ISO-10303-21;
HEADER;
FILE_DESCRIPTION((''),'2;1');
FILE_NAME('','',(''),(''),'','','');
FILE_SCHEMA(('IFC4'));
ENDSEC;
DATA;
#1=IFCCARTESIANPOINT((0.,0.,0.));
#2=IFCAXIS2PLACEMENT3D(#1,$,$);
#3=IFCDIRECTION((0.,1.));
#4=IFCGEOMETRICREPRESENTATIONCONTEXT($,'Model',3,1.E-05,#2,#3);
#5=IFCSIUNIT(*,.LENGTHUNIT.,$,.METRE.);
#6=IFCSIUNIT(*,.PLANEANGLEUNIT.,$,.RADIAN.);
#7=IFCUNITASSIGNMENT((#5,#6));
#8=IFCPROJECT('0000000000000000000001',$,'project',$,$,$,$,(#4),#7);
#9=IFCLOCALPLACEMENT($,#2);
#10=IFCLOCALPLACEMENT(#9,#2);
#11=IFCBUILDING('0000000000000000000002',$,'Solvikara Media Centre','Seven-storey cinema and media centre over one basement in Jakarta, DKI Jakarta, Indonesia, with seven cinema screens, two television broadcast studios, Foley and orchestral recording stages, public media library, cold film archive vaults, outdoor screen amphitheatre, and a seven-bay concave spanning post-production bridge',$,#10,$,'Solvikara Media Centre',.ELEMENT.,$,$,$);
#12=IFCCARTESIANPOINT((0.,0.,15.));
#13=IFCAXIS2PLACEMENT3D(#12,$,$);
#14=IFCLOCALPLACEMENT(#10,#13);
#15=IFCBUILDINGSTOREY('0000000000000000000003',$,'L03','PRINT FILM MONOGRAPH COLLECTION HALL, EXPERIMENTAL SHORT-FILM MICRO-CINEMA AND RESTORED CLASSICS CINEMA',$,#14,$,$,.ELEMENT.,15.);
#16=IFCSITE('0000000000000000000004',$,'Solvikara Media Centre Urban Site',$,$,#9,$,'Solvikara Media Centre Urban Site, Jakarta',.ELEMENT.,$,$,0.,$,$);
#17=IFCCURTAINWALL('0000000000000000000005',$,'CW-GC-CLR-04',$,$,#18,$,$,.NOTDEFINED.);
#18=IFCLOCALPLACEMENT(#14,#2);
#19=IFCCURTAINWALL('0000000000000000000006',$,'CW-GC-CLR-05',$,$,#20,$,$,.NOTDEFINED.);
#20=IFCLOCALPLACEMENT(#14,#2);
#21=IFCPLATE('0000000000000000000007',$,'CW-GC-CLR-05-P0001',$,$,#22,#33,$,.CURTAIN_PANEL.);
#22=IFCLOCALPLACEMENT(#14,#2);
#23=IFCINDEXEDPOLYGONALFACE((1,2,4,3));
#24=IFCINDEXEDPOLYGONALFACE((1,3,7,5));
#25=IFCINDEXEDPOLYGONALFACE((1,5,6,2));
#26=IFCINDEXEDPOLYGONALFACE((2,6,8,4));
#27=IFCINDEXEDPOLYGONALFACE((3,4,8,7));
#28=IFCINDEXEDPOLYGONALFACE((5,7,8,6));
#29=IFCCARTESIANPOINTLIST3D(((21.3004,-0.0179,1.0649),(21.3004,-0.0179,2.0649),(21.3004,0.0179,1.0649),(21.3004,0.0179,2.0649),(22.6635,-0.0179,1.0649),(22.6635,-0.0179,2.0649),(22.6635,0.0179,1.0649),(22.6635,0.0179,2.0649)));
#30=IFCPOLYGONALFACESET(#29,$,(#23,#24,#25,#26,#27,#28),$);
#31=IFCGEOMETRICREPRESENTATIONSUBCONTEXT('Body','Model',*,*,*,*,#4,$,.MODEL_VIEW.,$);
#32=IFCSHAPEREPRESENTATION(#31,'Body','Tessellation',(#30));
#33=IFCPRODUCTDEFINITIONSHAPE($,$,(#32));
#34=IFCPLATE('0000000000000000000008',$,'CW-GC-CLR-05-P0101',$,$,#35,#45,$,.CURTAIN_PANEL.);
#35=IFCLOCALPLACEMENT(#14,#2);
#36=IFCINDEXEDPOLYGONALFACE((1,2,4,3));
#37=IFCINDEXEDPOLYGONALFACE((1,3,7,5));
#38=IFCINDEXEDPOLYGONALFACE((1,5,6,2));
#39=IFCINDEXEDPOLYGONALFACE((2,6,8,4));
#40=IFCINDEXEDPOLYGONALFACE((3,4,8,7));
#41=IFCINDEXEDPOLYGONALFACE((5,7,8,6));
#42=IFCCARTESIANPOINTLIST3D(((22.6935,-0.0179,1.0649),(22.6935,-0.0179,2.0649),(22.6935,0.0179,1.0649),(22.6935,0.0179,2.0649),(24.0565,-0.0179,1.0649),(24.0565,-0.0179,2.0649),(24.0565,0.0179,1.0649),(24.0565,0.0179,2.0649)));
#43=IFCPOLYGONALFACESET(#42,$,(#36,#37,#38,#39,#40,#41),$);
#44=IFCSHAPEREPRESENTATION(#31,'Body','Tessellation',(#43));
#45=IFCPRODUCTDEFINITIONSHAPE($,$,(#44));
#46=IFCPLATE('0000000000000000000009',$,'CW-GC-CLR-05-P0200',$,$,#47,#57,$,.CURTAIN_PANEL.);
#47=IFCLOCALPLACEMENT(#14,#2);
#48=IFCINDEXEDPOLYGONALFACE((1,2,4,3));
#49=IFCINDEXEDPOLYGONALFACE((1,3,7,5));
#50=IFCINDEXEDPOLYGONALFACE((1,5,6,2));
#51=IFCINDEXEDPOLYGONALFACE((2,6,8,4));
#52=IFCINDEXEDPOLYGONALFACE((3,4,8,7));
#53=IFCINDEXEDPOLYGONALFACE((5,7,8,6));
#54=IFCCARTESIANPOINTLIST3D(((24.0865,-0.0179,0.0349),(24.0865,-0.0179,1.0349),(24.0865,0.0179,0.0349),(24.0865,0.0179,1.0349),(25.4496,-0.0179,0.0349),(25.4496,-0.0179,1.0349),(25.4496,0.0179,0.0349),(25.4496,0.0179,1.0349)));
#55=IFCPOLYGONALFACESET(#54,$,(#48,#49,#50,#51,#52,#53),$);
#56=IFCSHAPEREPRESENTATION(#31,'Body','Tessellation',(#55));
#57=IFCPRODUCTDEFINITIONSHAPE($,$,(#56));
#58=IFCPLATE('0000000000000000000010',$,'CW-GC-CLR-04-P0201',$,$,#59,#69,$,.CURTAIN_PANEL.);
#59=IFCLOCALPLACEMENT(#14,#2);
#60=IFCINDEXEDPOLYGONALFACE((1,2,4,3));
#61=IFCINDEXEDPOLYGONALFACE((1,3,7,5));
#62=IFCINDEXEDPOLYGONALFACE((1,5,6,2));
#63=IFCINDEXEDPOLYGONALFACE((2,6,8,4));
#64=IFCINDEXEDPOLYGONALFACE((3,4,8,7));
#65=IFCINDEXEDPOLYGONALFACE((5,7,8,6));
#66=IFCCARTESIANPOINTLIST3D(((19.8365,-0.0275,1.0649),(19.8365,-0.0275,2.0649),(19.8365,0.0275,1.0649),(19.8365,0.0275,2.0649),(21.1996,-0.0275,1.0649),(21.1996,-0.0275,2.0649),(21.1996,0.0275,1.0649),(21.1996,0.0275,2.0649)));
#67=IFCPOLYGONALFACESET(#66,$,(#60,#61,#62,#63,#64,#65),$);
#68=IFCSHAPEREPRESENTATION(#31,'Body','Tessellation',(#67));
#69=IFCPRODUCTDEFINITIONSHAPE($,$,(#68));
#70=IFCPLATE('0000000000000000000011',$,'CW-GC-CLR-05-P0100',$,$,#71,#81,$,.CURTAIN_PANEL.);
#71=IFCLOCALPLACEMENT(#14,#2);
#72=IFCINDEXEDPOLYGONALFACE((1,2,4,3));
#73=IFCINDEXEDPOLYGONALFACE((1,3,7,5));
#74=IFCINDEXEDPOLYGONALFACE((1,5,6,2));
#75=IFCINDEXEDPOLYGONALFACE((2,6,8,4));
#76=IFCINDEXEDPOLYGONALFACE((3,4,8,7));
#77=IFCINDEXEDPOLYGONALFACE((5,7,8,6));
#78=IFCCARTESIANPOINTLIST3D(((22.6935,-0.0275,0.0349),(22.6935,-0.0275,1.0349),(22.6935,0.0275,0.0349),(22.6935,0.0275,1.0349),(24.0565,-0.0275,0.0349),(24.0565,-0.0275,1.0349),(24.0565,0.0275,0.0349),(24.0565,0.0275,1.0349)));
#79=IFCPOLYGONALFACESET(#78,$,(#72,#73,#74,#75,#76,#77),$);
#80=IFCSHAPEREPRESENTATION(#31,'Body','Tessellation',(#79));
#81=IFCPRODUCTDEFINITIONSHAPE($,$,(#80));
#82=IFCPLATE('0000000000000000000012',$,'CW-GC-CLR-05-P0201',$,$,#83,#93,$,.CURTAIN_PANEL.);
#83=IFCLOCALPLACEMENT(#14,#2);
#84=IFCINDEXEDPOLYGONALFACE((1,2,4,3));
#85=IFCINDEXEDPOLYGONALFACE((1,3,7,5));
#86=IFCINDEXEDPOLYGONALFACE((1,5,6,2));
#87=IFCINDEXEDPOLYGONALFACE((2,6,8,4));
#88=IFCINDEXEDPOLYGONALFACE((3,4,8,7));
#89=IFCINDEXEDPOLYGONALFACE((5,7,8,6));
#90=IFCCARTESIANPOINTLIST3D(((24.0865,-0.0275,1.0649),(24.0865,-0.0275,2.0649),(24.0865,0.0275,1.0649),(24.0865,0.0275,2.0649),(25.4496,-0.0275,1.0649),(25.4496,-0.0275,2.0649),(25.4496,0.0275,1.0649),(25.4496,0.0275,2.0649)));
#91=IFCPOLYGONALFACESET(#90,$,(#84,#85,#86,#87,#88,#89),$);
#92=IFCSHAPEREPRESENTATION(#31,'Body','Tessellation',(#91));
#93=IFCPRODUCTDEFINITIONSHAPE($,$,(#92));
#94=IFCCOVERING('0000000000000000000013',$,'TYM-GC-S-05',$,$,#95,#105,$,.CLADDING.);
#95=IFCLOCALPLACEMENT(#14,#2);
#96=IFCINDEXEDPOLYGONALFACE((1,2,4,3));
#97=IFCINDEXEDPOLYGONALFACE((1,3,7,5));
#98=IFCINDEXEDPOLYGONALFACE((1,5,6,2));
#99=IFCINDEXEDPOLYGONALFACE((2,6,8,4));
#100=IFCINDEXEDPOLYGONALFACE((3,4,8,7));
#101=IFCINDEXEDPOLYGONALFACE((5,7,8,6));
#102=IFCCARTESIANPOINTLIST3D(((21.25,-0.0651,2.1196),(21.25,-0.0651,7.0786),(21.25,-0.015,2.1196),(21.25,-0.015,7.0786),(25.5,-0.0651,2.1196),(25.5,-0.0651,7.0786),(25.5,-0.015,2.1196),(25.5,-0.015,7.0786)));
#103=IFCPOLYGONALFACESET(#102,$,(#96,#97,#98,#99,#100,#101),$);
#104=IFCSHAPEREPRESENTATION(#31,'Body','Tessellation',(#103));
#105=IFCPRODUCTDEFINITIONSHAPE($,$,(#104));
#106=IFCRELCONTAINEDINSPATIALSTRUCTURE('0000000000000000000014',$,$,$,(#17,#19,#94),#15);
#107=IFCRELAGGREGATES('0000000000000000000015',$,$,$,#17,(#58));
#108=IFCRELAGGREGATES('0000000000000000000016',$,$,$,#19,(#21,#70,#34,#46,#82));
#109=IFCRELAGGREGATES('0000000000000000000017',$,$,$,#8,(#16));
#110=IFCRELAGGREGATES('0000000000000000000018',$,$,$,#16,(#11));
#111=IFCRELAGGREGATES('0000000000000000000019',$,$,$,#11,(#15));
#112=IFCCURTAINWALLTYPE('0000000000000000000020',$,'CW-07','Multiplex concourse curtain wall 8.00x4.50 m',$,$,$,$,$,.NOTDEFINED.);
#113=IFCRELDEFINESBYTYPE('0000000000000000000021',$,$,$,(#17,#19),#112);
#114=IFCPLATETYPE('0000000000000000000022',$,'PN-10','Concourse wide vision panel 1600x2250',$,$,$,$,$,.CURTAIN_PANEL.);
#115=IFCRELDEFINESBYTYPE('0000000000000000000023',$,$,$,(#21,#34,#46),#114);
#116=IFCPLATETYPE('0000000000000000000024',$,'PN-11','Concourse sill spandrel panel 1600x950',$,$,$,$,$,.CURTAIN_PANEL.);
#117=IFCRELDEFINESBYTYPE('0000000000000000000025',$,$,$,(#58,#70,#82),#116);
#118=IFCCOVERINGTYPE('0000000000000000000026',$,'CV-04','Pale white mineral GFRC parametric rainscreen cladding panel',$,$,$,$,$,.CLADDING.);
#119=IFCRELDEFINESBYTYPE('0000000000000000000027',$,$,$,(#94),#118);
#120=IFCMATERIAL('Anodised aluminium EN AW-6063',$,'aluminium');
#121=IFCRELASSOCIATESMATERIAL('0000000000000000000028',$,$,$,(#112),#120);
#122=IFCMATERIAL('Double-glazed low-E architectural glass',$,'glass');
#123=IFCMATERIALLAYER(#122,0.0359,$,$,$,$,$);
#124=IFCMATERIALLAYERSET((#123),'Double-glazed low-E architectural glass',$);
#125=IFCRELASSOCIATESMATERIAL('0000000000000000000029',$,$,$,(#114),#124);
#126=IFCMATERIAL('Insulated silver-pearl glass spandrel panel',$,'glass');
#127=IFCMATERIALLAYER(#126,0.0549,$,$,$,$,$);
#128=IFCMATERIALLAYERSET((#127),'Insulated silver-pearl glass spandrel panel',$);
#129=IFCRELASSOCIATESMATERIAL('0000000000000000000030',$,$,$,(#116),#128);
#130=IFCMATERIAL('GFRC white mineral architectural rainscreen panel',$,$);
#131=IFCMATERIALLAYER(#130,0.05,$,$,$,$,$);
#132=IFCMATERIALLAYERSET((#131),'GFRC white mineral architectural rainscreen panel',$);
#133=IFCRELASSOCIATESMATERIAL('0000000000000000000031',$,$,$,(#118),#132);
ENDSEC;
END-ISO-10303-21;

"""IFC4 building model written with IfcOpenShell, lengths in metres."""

from ifc_helpers import new_model, si_unit, direction, frame, origin, origin_2d, place, context, subcontext, project, spatial, rectangle, extrude, material, layer, layer_set, type_object, element, aggregate, save


model = new_model("IFC4")

# Units and contexts
model_context = context("Model", 3, precision=1e-05, world=origin(), true_north=direction((0.0, 1.0)))
body_context = subcontext(model_context, "Body", "Model", "MODEL_VIEW")
ifc_project = project(units=[si_unit("LENGTHUNIT", "METRE"), si_unit("PLANEANGLEUNIT", "RADIAN")], contexts=[model_context])

# Site, building, storey
site_placement = place(None, origin())
site = spatial("IfcSite", under=ifc_project, at=site_placement, Name="Solvikara Media Centre Urban Site", LongName="Solvikara Media Centre Urban Site, Jakarta", CompositionType="ELEMENT", RefElevation=0.0)
building_placement = place(site_placement, origin())
building = spatial("IfcBuilding", under=site, at=building_placement, Name="Solvikara Media Centre", Description="Seven-storey cinema and media centre over one basement in Jakarta, DKI Jakarta, Indonesia, with seven cinema screens, two television broadcast studios, Foley and orchestral recording stages, public media library, cold film archive vaults, outdoor screen amphitheatre, and a seven-bay concave spanning post-production bridge", LongName="Solvikara Media Centre", CompositionType="ELEMENT")
storey_placement = place(building_placement, frame((0.0, 0.0, 15.0)))
storey = spatial("IfcBuildingStorey", under=building, at=storey_placement, Name="L03", Description="PRINT FILM MONOGRAPH COLLECTION HALL, EXPERIMENTAL SHORT-FILM MICRO-CINEMA AND RESTORED CLASSICS CINEMA", CompositionType="ELEMENT", Elevation=15.0)

# Curtain wall
ifc_material_1 = material(Name="Anodised aluminium EN AW-6063", Category="aluminium")
curtain_wall_type = type_object("IfcCurtainWallType", Name="CW-07", Description="Multiplex concourse curtain wall 8.00x4.50 m", PredefinedType="NOTDEFINED", material=ifc_material_1)
curtain_wall_1_placement = place(storey_placement, origin())
curtain_wall_1 = element("IfcCurtainWall", 1, at=curtain_wall_1_placement, inside=storey, type_object=curtain_wall_type, Name="CW-GC-CLR-04", PredefinedType="NOTDEFINED")

# Curtain wall
curtain_wall_2_placement = place(storey_placement, origin())
curtain_wall_2 = element("IfcCurtainWall", 2, at=curtain_wall_2_placement, inside=storey, type_object=curtain_wall_type, Name="CW-GC-CLR-05", PredefinedType="NOTDEFINED")

# Plates
ifc_material_2 = material(Name="Double-glazed low-E architectural glass", Category="glass")
ifc_layer_1 = layer(ifc_material_2, 0.0359)
ifc_layer_set_1 = layer_set([ifc_layer_1], Name="Double-glazed low-E architectural glass")
plate_type_1 = type_object("IfcPlateType", Name="PN-10", Description="Concourse wide vision panel 1600x2250", PredefinedType="CURTAIN_PANEL", material=ifc_layer_set_1)
plate_1_placement = place(storey_placement, frame((21.9819, 0.0, 1.0649), z_axis=(0.0, 0.0, 1.0), x_axis=(1.0, 0.0, 0.0)))
plate_1 = element("IfcPlate", 3, at=plate_1_placement, type_object=plate_type_1, Name="CW-GC-CLR-05-P0001", PredefinedType="CURTAIN_PANEL", context=body_context, shape_type="SweptSolid", body=[
    extrude(rectangle(XDim=1.363, YDim=0.0359, at=origin_2d()), origin(), (0.0, 0.0, 1.0), 1.0),
])
plate_2_placement = place(storey_placement, frame((23.375, 0.0, 1.0649), z_axis=(0.0, 0.0, 1.0), x_axis=(1.0, 0.0, 0.0)))
plate_2 = element("IfcPlate", 4, at=plate_2_placement, type_object=plate_type_1, Name="CW-GC-CLR-05-P0101", PredefinedType="CURTAIN_PANEL", context=body_context, shape_type="SweptSolid", body=[
    extrude(rectangle(XDim=1.363, YDim=0.0359, at=origin_2d()), origin(), (0.0, 0.0, 1.0), 1.0),
])
plate_3_placement = place(storey_placement, frame((24.7681, 0.0, 0.0349), z_axis=(0.0, 0.0, 1.0), x_axis=(1.0, 0.0, 0.0)))
plate_3 = element("IfcPlate", 5, at=plate_3_placement, type_object=plate_type_1, Name="CW-GC-CLR-05-P0200", PredefinedType="CURTAIN_PANEL", context=body_context, shape_type="SweptSolid", body=[
    extrude(rectangle(XDim=1.363, YDim=0.0359, at=origin_2d()), origin(), (0.0, 0.0, 1.0), 1.0),
])
ifc_material_3 = material(Name="Insulated silver-pearl glass spandrel panel", Category="glass")
ifc_layer_2 = layer(ifc_material_3, 0.0549)
ifc_layer_set_2 = layer_set([ifc_layer_2], Name="Insulated silver-pearl glass spandrel panel")
plate_type_2 = type_object("IfcPlateType", Name="PN-11", Description="Concourse sill spandrel panel 1600x950", PredefinedType="CURTAIN_PANEL", material=ifc_layer_set_2)
plate_4_placement = place(storey_placement, frame((20.5181, 0.0, 1.0649), z_axis=(0.0, 0.0, 1.0), x_axis=(1.0, 0.0, 0.0)))
plate_4 = element("IfcPlate", 6, at=plate_4_placement, type_object=plate_type_2, Name="CW-GC-CLR-04-P0201", PredefinedType="CURTAIN_PANEL", context=body_context, shape_type="SweptSolid", body=[
    extrude(rectangle(XDim=1.363, YDim=0.0549, at=origin_2d()), origin(), (0.0, 0.0, 1.0), 1.0),
])
aggregate(curtain_wall_1, [plate_4])
plate_5_placement = place(storey_placement, frame((23.375, 0.0, 0.0349), z_axis=(0.0, 0.0, 1.0), x_axis=(1.0, 0.0, 0.0)))
plate_5 = element("IfcPlate", 7, at=plate_5_placement, type_object=plate_type_2, Name="CW-GC-CLR-05-P0100", PredefinedType="CURTAIN_PANEL", context=body_context, shape_type="SweptSolid", body=[
    extrude(rectangle(XDim=1.363, YDim=0.0549, at=origin_2d()), origin(), (0.0, 0.0, 1.0), 1.0),
])
plate_6_placement = place(storey_placement, frame((24.7681, 0.0, 1.0649), z_axis=(0.0, 0.0, 1.0), x_axis=(1.0, 0.0, 0.0)))
plate_6 = element("IfcPlate", 8, at=plate_6_placement, type_object=plate_type_2, Name="CW-GC-CLR-05-P0201", PredefinedType="CURTAIN_PANEL", context=body_context, shape_type="SweptSolid", body=[
    extrude(rectangle(XDim=1.363, YDim=0.0549, at=origin_2d()), origin(), (0.0, 0.0, 1.0), 1.0),
])
aggregate(curtain_wall_2, [plate_1, plate_5, plate_2, plate_3, plate_6])

# Covering
ifc_material_4 = material(Name="GFRC white mineral architectural rainscreen panel")
ifc_layer_3 = layer(ifc_material_4, 0.05)
ifc_layer_set_3 = layer_set([ifc_layer_3], Name="GFRC white mineral architectural rainscreen panel")
covering_type = type_object("IfcCoveringType", Name="CV-04", Description="Pale white mineral GFRC parametric rainscreen cladding panel", PredefinedType="CLADDING", material=ifc_layer_set_3)
covering_placement = place(storey_placement, frame((23.375, -0.04, 2.1196), z_axis=(0.0, 0.0, 1.0), x_axis=(1.0, 0.0, 0.0)))
element("IfcCovering", 9, at=covering_placement, inside=storey, type_object=covering_type, Name="TYM-GC-S-05", PredefinedType="CLADDING", context=body_context, shape_type="SweptSolid", body=[
    extrude(rectangle(XDim=4.25, YDim=0.05, at=origin_2d()), origin(), (0.0, 0.0, 1.0), 4.959),
])

save(model, "model.ifc")
